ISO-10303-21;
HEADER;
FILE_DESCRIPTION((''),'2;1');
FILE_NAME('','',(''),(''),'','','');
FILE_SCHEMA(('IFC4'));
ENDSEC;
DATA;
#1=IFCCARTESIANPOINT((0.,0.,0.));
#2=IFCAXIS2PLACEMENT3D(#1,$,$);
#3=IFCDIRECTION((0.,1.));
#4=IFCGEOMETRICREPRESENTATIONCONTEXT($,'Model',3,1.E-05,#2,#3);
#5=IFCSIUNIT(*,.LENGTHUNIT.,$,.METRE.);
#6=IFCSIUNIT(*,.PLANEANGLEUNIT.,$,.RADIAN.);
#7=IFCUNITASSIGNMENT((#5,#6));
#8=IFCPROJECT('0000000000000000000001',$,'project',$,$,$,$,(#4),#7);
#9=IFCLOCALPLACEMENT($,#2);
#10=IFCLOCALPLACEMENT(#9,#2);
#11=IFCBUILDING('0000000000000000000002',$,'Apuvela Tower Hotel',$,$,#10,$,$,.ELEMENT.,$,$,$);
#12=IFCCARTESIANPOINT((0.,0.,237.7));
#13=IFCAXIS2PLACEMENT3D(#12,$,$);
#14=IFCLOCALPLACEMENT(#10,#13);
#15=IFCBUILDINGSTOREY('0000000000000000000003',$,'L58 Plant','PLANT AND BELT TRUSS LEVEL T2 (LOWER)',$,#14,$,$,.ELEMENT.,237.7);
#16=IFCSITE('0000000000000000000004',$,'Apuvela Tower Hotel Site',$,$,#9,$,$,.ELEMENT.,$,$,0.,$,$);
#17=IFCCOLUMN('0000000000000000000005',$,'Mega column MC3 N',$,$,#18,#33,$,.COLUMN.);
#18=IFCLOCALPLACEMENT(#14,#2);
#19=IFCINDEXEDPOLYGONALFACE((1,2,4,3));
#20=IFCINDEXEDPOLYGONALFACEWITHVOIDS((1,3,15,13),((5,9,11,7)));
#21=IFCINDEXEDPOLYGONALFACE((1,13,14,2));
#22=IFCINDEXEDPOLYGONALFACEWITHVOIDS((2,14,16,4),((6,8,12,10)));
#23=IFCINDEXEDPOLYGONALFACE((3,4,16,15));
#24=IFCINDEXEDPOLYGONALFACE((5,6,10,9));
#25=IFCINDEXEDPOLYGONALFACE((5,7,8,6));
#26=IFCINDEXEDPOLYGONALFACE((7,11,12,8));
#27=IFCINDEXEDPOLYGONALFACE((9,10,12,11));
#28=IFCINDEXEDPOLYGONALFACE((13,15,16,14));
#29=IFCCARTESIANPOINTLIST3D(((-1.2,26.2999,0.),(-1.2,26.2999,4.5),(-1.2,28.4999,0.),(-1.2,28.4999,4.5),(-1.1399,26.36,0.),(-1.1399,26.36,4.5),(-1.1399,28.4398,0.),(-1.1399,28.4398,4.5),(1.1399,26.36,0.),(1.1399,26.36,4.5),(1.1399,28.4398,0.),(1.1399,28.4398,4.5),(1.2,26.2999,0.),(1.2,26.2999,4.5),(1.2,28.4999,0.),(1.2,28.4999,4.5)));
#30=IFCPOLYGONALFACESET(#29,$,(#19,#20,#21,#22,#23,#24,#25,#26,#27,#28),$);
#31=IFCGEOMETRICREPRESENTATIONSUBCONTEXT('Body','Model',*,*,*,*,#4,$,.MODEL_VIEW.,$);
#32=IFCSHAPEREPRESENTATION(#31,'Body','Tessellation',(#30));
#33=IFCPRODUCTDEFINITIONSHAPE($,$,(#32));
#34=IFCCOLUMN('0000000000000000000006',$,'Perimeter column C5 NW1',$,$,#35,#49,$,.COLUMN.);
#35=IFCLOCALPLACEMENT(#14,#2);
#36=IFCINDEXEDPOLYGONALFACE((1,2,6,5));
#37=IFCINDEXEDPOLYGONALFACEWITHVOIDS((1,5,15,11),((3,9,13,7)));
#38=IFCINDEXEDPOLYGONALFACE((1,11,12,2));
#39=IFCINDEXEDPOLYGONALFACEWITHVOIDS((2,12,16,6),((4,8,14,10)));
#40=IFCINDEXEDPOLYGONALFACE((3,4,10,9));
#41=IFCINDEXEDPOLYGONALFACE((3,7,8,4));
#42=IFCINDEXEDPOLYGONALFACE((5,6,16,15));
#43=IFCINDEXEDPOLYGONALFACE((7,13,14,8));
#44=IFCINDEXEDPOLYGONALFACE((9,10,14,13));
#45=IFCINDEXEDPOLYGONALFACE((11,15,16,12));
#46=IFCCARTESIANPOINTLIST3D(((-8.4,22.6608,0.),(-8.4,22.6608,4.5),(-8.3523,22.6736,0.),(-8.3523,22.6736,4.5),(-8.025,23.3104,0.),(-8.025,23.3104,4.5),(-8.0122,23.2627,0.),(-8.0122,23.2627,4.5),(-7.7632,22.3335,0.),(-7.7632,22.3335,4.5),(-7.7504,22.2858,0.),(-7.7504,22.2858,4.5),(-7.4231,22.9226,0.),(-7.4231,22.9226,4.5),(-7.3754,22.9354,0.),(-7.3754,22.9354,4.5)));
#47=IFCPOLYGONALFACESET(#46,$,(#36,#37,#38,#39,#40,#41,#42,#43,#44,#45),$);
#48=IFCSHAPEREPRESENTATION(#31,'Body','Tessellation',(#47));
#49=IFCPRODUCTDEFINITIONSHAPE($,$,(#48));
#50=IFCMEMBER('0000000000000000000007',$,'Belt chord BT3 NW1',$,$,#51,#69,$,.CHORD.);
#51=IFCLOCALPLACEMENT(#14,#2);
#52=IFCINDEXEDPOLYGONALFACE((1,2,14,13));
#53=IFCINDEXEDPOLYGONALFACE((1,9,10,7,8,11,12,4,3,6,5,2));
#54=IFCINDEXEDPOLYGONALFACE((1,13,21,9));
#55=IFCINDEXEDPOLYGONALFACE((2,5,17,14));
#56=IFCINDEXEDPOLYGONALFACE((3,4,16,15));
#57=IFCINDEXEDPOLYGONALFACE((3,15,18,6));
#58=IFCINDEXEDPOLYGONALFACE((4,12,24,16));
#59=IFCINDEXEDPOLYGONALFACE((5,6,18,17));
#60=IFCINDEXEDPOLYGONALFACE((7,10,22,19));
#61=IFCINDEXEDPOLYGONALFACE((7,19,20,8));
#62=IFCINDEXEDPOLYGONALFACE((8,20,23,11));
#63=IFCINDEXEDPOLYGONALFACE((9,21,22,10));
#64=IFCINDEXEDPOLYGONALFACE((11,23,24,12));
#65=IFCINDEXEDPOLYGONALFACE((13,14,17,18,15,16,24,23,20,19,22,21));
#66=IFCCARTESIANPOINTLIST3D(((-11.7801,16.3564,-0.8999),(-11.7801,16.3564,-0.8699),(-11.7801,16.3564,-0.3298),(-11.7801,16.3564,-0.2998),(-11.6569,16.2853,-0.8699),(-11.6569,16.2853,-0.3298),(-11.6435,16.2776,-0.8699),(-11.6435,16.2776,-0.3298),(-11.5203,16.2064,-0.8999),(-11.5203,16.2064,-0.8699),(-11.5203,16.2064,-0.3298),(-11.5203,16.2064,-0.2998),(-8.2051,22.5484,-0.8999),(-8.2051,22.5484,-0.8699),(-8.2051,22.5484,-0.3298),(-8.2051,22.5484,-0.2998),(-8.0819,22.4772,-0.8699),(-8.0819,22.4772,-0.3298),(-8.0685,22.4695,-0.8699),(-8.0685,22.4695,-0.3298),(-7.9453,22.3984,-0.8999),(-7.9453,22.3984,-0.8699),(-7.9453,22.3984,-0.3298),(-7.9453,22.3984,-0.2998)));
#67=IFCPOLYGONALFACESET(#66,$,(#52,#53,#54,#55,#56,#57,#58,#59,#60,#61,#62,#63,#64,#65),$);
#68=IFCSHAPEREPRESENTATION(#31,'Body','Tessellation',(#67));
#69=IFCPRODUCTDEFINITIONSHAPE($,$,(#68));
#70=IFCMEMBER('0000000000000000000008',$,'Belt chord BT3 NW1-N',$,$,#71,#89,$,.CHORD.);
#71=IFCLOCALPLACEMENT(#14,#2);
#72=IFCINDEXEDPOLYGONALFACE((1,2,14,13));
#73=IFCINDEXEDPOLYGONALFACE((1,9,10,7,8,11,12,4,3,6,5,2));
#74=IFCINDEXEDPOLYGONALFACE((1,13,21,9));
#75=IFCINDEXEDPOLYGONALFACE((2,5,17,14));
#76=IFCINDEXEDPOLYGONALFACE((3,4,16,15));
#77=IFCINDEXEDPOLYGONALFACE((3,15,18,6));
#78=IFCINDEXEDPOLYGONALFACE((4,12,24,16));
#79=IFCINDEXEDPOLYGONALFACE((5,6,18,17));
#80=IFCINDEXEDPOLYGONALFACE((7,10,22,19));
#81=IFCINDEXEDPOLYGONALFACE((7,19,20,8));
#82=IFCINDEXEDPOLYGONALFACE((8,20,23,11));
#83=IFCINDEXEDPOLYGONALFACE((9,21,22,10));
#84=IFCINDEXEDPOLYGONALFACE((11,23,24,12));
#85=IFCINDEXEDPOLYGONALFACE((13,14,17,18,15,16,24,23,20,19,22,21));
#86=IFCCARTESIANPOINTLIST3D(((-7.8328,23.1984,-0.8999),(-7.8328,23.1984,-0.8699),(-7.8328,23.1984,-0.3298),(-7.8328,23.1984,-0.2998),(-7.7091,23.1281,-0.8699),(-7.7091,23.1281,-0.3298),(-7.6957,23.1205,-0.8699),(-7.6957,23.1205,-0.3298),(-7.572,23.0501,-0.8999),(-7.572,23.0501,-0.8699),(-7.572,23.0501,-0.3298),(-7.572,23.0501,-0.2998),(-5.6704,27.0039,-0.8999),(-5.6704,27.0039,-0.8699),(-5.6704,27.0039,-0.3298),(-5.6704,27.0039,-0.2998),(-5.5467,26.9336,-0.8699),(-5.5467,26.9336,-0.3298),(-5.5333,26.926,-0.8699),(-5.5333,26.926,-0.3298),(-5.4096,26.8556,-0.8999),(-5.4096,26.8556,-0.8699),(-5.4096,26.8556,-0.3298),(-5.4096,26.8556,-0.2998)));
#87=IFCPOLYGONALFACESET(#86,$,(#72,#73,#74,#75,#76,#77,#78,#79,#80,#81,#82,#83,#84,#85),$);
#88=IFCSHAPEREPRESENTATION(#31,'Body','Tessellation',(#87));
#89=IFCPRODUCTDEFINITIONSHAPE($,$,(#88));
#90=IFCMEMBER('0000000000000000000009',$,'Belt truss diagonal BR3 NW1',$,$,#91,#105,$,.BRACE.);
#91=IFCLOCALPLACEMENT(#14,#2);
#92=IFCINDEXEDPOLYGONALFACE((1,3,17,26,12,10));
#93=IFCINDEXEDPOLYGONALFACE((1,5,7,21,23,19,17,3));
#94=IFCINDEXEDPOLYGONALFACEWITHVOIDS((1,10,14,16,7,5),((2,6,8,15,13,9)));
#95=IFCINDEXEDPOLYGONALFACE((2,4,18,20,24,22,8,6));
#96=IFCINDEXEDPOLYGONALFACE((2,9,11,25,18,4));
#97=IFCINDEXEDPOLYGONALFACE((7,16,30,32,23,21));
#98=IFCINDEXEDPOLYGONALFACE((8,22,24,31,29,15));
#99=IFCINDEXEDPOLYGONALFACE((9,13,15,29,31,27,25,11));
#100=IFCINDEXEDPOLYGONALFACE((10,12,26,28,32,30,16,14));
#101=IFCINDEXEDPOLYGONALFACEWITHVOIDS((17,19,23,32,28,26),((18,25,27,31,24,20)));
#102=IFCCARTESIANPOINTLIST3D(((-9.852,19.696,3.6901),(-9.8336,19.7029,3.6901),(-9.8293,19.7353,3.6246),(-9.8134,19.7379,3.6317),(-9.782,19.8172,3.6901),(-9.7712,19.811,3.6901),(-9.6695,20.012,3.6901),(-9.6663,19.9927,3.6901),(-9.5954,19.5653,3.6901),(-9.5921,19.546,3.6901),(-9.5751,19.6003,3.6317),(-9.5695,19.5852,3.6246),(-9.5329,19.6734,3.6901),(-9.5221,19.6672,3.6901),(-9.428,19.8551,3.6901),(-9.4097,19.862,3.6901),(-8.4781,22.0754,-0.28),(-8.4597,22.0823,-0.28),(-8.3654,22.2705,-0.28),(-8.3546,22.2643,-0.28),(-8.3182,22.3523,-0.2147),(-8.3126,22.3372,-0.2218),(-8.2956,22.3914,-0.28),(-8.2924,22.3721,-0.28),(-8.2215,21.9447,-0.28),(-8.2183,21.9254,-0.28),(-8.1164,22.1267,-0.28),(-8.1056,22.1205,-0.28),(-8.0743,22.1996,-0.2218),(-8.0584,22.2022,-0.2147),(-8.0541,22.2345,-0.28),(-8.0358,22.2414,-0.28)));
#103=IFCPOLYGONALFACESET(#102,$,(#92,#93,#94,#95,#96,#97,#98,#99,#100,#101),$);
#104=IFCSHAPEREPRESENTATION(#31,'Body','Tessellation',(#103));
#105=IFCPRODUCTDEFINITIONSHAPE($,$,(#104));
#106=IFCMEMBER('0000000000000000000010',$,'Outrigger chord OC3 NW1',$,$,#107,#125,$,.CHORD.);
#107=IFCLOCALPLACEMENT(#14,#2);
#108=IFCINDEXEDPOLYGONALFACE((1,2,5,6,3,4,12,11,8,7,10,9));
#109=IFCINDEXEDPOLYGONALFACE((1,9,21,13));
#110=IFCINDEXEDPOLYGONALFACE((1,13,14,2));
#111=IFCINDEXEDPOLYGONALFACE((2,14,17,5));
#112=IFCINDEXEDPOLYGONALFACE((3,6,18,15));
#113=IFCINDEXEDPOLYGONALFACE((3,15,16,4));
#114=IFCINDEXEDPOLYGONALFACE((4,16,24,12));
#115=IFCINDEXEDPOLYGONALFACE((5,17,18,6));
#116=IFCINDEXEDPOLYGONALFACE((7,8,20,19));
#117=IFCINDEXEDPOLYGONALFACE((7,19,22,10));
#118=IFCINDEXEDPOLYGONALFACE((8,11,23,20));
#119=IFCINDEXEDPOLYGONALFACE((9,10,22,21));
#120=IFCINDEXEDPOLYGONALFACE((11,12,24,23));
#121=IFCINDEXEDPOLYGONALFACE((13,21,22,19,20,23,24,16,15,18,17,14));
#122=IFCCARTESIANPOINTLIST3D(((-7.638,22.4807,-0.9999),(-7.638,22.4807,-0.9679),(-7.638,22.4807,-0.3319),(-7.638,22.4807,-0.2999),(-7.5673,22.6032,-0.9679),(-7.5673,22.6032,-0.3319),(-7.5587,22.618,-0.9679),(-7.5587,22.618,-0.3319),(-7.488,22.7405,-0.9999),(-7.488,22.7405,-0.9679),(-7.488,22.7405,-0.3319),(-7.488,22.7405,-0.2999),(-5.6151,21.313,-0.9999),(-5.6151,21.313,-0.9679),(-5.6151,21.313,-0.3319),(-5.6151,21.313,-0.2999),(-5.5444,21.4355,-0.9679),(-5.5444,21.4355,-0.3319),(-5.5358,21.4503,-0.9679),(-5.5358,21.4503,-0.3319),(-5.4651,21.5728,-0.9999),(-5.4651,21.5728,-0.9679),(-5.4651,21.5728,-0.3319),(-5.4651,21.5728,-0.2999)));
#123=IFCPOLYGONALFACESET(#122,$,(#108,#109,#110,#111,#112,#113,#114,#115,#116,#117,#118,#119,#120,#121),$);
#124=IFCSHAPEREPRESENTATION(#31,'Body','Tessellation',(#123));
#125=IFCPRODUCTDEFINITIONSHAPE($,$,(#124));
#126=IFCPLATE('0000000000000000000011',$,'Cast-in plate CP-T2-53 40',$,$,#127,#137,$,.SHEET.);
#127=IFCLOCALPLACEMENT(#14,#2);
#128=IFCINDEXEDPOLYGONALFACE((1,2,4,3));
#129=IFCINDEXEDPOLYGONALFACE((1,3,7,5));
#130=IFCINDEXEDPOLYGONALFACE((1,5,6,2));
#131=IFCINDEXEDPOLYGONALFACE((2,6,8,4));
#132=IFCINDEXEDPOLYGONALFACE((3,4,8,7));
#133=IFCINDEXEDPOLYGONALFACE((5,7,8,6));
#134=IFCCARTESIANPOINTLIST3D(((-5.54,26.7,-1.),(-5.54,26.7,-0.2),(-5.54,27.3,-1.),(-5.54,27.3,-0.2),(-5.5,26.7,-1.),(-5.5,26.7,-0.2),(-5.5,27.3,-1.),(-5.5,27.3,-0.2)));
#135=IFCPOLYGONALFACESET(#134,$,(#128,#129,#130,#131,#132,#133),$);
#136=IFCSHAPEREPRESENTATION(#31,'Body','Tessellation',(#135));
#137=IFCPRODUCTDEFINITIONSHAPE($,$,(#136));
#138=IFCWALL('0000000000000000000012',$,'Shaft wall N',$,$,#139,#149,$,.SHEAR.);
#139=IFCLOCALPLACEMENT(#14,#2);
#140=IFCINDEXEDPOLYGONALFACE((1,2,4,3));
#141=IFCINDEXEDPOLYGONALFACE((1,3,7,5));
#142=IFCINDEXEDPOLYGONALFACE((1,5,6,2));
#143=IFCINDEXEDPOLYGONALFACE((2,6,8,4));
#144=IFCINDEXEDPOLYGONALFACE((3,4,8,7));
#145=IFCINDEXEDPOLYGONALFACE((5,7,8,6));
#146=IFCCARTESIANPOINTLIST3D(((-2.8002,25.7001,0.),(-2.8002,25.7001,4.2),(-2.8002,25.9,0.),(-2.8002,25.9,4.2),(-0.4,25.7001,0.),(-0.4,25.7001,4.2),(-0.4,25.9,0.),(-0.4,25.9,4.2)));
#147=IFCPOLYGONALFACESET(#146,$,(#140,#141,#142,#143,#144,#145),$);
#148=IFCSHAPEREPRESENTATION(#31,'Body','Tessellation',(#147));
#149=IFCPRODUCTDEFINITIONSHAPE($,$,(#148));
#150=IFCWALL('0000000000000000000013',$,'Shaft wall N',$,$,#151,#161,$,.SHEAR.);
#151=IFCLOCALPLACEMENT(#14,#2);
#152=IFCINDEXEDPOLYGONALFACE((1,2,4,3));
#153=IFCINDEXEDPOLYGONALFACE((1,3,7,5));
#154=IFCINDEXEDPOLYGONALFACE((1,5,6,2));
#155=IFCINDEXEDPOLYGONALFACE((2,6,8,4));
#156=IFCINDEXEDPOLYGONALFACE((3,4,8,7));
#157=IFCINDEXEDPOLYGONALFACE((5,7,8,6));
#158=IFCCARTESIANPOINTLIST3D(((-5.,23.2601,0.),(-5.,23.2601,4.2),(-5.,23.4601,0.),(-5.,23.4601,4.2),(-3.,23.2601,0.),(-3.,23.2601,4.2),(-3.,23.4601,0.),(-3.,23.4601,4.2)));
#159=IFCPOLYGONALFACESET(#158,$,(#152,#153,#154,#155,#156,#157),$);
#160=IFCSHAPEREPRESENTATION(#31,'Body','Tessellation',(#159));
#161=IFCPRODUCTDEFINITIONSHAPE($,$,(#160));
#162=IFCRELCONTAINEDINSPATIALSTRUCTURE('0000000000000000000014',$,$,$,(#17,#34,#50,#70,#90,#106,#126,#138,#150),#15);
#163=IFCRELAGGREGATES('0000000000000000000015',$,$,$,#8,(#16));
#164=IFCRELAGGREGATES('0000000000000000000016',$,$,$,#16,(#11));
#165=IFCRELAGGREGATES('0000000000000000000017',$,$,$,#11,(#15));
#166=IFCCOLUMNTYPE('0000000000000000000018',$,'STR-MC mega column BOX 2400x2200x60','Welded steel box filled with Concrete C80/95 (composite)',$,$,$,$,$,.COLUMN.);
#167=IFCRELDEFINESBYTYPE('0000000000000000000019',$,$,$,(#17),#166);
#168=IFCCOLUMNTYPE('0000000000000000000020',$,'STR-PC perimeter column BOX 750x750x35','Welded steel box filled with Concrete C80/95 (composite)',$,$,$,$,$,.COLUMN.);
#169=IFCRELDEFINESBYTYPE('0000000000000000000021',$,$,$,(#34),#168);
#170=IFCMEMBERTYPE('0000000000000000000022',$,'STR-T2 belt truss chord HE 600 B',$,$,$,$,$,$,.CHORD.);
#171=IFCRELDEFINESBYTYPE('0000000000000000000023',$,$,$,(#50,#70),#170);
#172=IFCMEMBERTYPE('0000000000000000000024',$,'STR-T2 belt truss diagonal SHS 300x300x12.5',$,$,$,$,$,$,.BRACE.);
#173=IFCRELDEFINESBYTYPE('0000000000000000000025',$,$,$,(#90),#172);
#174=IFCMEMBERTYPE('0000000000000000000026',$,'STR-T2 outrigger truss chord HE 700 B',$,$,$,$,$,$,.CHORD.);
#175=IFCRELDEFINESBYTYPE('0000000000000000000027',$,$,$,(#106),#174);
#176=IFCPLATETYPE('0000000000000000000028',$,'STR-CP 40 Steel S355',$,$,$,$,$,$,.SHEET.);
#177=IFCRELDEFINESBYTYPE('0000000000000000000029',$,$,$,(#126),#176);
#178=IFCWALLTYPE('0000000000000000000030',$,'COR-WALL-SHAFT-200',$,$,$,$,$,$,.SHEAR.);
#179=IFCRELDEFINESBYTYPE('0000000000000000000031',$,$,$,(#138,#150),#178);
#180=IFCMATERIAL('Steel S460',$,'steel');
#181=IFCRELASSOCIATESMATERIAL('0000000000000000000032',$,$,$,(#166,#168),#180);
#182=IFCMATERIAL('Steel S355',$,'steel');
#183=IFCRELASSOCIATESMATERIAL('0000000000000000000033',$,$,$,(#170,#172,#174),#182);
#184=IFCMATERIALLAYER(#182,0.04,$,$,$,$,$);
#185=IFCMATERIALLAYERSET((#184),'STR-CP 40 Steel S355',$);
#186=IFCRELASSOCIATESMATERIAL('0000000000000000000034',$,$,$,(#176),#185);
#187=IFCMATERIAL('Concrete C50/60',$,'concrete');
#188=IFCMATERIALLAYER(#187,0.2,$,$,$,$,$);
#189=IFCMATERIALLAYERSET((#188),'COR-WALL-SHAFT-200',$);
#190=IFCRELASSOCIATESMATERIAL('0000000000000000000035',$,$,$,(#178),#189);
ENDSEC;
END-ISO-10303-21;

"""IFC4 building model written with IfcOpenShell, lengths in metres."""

from ifc_helpers import new_model, si_unit, direction, frame, frame_2d, origin, origin_2d, place, context, subcontext, project, spatial, rectangle, hollow_rectangle, i_section, extrude, boolean, halfspace, material, layer, layer_set, material_profile, profile_set, type_object, element, save


model = new_model("IFC4")

# Units and contexts
model_context = context("Model", 3, precision=1e-05, world=origin(), true_north=direction((0.0, 1.0)))
body_context = subcontext(model_context, "Body", "Model", "MODEL_VIEW")
ifc_project = project(units=[si_unit("LENGTHUNIT", "METRE"), si_unit("PLANEANGLEUNIT", "RADIAN")], contexts=[model_context])

# Site, building, storey
site_placement = place(None, origin())
site = spatial("IfcSite", under=ifc_project, at=site_placement, Name="Apuvela Tower Hotel Site", CompositionType="ELEMENT", RefElevation=0.0)
building_placement = place(site_placement, origin())
building = spatial("IfcBuilding", under=site, at=building_placement, Name="Apuvela Tower Hotel", CompositionType="ELEMENT")
storey_placement = place(building_placement, frame((0.0, 0.0, 237.7)))
storey = spatial("IfcBuildingStorey", under=building, at=storey_placement, Name="L58 Plant", Description="PLANT AND BELT TRUSS LEVEL T2 (LOWER)", CompositionType="ELEMENT", Elevation=237.7)

# Columns
ifc_material_1 = material(Name="Steel S460", Category="steel")
ifc_material_profile_1 = material_profile(ifc_material_1, hollow_rectangle(XDim=2.3999, YDim=2.2, WallThickness=0.0601, at=origin_2d()), Name="BOX 2400x2200x60")
ifc_material_2 = material(Name="Concrete C80/95", Category="concrete")
ifc_material_profile_2 = material_profile(ifc_material_2, rectangle(XDim=2.28, YDim=2.0801, at=origin_2d()), Name="Concrete C80/95 infill")
ifc_profile_set_1 = profile_set([ifc_material_profile_1, ifc_material_profile_2], Name="Steel S460")
column_type_1 = type_object("IfcColumnType", Name="STR-MC mega column BOX 2400x2200x60", Description="Welded steel box filled with Concrete C80/95 (composite)", PredefinedType="COLUMN", material=ifc_profile_set_1)
column_1_placement = place(storey_placement, frame((0.0, 27.3999, 0.0), z_axis=(0.0, 0.0, 1.0), x_axis=(1.0, 0.0, 0.0)))
element("IfcColumn", 1, at=column_1_placement, inside=storey, type_object=column_type_1, Name="Mega column MC3 N", PredefinedType="COLUMN", context=body_context, shape_type="SweptSolid", body=[
    extrude(hollow_rectangle(XDim=2.3999, YDim=2.2, WallThickness=0.0601, at=origin_2d()), origin(), (0.0, 0.0, 1.0), 4.5),
])
ifc_material_profile_3 = material_profile(ifc_material_1, hollow_rectangle(XDim=0.75, YDim=0.75, WallThickness=0.0349, at=origin_2d()), Name="BOX 750x750x35")
ifc_material_profile_4 = material_profile(ifc_material_2, rectangle(XDim=0.6799, YDim=0.6799, at=origin_2d()), Name="Concrete C80/95 infill")
ifc_profile_set_2 = profile_set([ifc_material_profile_3, ifc_material_profile_4], Name="Steel S460")
column_type_2 = type_object("IfcColumnType", Name="STR-PC perimeter column BOX 750x750x35", Description="Welded steel box filled with Concrete C80/95 (composite)", PredefinedType="COLUMN", material=ifc_profile_set_2)
column_2_placement = place(storey_placement, frame((-7.8877, 22.7981, 0.0), z_axis=(0.0, 0.0, 1.0), x_axis=(0.5, 0.866025, 0.0)))
element("IfcColumn", 2, at=column_2_placement, inside=storey, type_object=column_type_2, Name="Perimeter column C5 NW1", PredefinedType="COLUMN", context=body_context, shape_type="SweptSolid", body=[
    extrude(hollow_rectangle(XDim=0.75, YDim=0.75, WallThickness=0.0349, at=origin_2d()), origin(), (0.0, 0.0, 1.0), 4.5),
])

# Members
ifc_material_3 = material(Name="Steel S355", Category="steel")
ifc_material_profile_5 = material_profile(ifc_material_3, i_section(OverallWidth=0.3, OverallDepth=0.6001, WebThickness=0.0154, FlangeThickness=0.03, at=origin_2d()), Name="HE 600 B")
ifc_profile_set_3 = profile_set([ifc_material_profile_5], Name="Steel S355")
member_type_1 = type_object("IfcMemberType", Name="STR-T2 belt truss chord HE 600 B", PredefinedType="CHORD", material=ifc_profile_set_3)
member_1_placement = place(storey_placement, frame((-8.0752, 22.4734, -0.5999), z_axis=(-0.500006, -0.866022, 0.0), x_axis=(0.866022, -0.500006, 0.0)))
element("IfcMember", 3, at=member_1_placement, inside=storey, type_object=member_type_1, Name="Belt chord BT3 NW1", PredefinedType="CHORD", context=body_context, shape_type="SweptSolid", body=[
    extrude(i_section(OverallWidth=0.3, OverallDepth=0.6001, WebThickness=0.0154, FlangeThickness=0.03, at=origin_2d()), origin(), (0.0, 0.0, 1.0), 7.1499),
])
member_2_placement = place(storey_placement, frame((-7.7024, 23.1243, -0.5999), z_axis=(0.494041, 0.869439, 0.0), x_axis=(-0.869439, 0.494041, 0.0)))
element("IfcMember", 4, at=member_2_placement, inside=storey, type_object=member_type_1, Name="Belt chord BT3 NW1-N", PredefinedType="CHORD", context=body_context, shape_type="SweptSolid", body=[
    extrude(i_section(OverallWidth=0.3, OverallDepth=0.6001, WebThickness=0.0154, FlangeThickness=0.03, at=origin_2d()), origin(), (0.0, 0.0, 1.0), 4.377),
])
ifc_material_profile_6 = material_profile(ifc_material_3, hollow_rectangle(XDim=0.3, YDim=0.3, WallThickness=0.0125, at=origin_2d()), Name="SHS 300x300x12.5")
ifc_profile_set_4 = profile_set([ifc_material_profile_6], Name="Steel S355")
member_type_2 = type_object("IfcMemberType", Name="STR-T2 belt truss diagonal SHS 300x300x12.5", PredefinedType="BRACE", material=ifc_profile_set_4)
member_3_placement = place(storey_placement, frame((-8.25, 22.1704, -0.3), z_axis=(-0.284558, -0.492821, 0.822286), x_axis=(0.411174, 0.712103, 0.569075)))
solid_1 = boolean("DIFFERENCE", boolean("DIFFERENCE", extrude(hollow_rectangle(XDim=0.3, YDim=0.3, WallThickness=0.0125, at=origin_2d()), frame((0.0, 0.0, -0.2239)), (0.0, 0.0, 1.0), 5.3242), halfspace(frame((0.0, 0.0, 0.0244), z_axis=(0.569075, 0.0, 0.822286), x_axis=(0.822286, 0.0, -0.569075)), True)), halfspace(frame((0.0, 0.0, 4.8525), z_axis=(0.569075, 0.0, 0.822286), x_axis=(0.822286, 0.0, -0.569075)), False))
element("IfcMember", 5, at=member_3_placement, inside=storey, type_object=member_type_2, Name="Belt truss diagonal BR3 NW1", PredefinedType="BRACE", context=body_context, shape_type="SweptSolid", body=[
    boolean("UNION", boolean("DIFFERENCE", boolean("DIFFERENCE", extrude(hollow_rectangle(XDim=0.3, YDim=0.3, WallThickness=0.0125, at=origin_2d()), origin(), (0.0, 0.0, 1.0), 4.8767), halfspace(frame((0.0, 0.0, 0.0244), z_axis=(0.569075, 0.0, 0.822286), x_axis=(0.822286, 0.0, -0.569075)), True)), halfspace(frame((0.0, 0.0, 4.8525), z_axis=(0.569075, 0.0, 0.822286), x_axis=(0.822286, 0.0, -0.569075)), False)), solid_1),
])
ifc_material_profile_7 = material_profile(ifc_material_3, i_section(OverallWidth=0.3, OverallDepth=0.7, WebThickness=0.0171, FlangeThickness=0.032, at=origin_2d()), Name="HE 700 B")
ifc_profile_set_5 = profile_set([ifc_material_profile_7], Name="Steel S355")
member_type_3 = type_object("IfcMemberType", Name="STR-T2 outrigger truss chord HE 700 B", PredefinedType="CHORD", material=ifc_profile_set_5)
member_4_placement = place(storey_placement, frame((-7.563, 22.6106, -0.6499), z_axis=(0.866067, -0.499928, 0.0), x_axis=(0.499928, 0.866067, 0.0)))
element("IfcMember", 6, at=member_4_placement, inside=storey, type_object=member_type_3, Name="Outrigger chord OC3 NW1", PredefinedType="CHORD", context=body_context, shape_type="SweptSolid", body=[
    extrude(i_section(OverallWidth=0.3, OverallDepth=0.7, WebThickness=0.0171, FlangeThickness=0.032, at=origin_2d()), origin(), (0.0, 0.0, 1.0), 2.3357),
])

# Plate
ifc_layer_1 = layer(ifc_material_3, 0.04)
ifc_layer_set_1 = layer_set([ifc_layer_1], Name="STR-CP 40 Steel S355")
plate_type = type_object("IfcPlateType", Name="STR-CP 40 Steel S355", PredefinedType="SHEET", material=ifc_layer_set_1)
plate_placement = place(storey_placement, frame((-5.52, 27.0, -1.0), z_axis=(0.0, 0.0, 1.0), x_axis=(-1.0, 0.0, 0.0)))
element("IfcPlate", 7, at=plate_placement, inside=storey, type_object=plate_type, Name="Cast-in plate CP-T2-53 40", PredefinedType="SHEET", context=body_context, shape_type="SweptSolid", body=[
    extrude(rectangle(XDim=0.04, YDim=0.6001, at=origin_2d()), origin(), (0.0, 0.0, 1.0), 0.8),
])

# Walls
ifc_material_4 = material(Name="Concrete C50/60", Category="concrete")
ifc_layer_2 = layer(ifc_material_4, 0.2)
ifc_layer_set_2 = layer_set([ifc_layer_2], Name="COR-WALL-SHAFT-200")
wall_type_1 = type_object("IfcWallType", Name="COR-WALL-SHAFT-200", PredefinedType="SHEAR", material=ifc_layer_set_2)
wall_1_placement = place(storey_placement, frame((-0.3999, 25.8, 0.0), z_axis=(0.0, 0.0, 1.0), x_axis=(-1.0, 0.0, 0.0)))
element("IfcWall", 8, at=wall_1_placement, inside=storey, type_object=wall_type_1, Name="Shaft wall N", PredefinedType="SHEAR", context=body_context, shape_type="SweptSolid", body=[
    extrude(rectangle(XDim=2.4001, YDim=0.2, at=frame_2d((1.2002, 0.0))), origin(), (0.0, 0.0, 1.0), 4.2),
])
wall_2_placement = place(storey_placement, frame((-3.0, 23.3601, 0.0), z_axis=(0.0, 0.0, 1.0), x_axis=(-1.0, 0.0, 0.0)))
element("IfcWall", 9, at=wall_2_placement, inside=storey, type_object=wall_type_1, Name="Shaft wall N", PredefinedType="SHEAR", context=body_context, shape_type="SweptSolid", body=[
    extrude(rectangle(XDim=2.0, YDim=0.2, at=frame_2d((1.0, 0.0))), origin(), (0.0, 0.0, 1.0), 4.2),
])

save(model, "model.ifc")
